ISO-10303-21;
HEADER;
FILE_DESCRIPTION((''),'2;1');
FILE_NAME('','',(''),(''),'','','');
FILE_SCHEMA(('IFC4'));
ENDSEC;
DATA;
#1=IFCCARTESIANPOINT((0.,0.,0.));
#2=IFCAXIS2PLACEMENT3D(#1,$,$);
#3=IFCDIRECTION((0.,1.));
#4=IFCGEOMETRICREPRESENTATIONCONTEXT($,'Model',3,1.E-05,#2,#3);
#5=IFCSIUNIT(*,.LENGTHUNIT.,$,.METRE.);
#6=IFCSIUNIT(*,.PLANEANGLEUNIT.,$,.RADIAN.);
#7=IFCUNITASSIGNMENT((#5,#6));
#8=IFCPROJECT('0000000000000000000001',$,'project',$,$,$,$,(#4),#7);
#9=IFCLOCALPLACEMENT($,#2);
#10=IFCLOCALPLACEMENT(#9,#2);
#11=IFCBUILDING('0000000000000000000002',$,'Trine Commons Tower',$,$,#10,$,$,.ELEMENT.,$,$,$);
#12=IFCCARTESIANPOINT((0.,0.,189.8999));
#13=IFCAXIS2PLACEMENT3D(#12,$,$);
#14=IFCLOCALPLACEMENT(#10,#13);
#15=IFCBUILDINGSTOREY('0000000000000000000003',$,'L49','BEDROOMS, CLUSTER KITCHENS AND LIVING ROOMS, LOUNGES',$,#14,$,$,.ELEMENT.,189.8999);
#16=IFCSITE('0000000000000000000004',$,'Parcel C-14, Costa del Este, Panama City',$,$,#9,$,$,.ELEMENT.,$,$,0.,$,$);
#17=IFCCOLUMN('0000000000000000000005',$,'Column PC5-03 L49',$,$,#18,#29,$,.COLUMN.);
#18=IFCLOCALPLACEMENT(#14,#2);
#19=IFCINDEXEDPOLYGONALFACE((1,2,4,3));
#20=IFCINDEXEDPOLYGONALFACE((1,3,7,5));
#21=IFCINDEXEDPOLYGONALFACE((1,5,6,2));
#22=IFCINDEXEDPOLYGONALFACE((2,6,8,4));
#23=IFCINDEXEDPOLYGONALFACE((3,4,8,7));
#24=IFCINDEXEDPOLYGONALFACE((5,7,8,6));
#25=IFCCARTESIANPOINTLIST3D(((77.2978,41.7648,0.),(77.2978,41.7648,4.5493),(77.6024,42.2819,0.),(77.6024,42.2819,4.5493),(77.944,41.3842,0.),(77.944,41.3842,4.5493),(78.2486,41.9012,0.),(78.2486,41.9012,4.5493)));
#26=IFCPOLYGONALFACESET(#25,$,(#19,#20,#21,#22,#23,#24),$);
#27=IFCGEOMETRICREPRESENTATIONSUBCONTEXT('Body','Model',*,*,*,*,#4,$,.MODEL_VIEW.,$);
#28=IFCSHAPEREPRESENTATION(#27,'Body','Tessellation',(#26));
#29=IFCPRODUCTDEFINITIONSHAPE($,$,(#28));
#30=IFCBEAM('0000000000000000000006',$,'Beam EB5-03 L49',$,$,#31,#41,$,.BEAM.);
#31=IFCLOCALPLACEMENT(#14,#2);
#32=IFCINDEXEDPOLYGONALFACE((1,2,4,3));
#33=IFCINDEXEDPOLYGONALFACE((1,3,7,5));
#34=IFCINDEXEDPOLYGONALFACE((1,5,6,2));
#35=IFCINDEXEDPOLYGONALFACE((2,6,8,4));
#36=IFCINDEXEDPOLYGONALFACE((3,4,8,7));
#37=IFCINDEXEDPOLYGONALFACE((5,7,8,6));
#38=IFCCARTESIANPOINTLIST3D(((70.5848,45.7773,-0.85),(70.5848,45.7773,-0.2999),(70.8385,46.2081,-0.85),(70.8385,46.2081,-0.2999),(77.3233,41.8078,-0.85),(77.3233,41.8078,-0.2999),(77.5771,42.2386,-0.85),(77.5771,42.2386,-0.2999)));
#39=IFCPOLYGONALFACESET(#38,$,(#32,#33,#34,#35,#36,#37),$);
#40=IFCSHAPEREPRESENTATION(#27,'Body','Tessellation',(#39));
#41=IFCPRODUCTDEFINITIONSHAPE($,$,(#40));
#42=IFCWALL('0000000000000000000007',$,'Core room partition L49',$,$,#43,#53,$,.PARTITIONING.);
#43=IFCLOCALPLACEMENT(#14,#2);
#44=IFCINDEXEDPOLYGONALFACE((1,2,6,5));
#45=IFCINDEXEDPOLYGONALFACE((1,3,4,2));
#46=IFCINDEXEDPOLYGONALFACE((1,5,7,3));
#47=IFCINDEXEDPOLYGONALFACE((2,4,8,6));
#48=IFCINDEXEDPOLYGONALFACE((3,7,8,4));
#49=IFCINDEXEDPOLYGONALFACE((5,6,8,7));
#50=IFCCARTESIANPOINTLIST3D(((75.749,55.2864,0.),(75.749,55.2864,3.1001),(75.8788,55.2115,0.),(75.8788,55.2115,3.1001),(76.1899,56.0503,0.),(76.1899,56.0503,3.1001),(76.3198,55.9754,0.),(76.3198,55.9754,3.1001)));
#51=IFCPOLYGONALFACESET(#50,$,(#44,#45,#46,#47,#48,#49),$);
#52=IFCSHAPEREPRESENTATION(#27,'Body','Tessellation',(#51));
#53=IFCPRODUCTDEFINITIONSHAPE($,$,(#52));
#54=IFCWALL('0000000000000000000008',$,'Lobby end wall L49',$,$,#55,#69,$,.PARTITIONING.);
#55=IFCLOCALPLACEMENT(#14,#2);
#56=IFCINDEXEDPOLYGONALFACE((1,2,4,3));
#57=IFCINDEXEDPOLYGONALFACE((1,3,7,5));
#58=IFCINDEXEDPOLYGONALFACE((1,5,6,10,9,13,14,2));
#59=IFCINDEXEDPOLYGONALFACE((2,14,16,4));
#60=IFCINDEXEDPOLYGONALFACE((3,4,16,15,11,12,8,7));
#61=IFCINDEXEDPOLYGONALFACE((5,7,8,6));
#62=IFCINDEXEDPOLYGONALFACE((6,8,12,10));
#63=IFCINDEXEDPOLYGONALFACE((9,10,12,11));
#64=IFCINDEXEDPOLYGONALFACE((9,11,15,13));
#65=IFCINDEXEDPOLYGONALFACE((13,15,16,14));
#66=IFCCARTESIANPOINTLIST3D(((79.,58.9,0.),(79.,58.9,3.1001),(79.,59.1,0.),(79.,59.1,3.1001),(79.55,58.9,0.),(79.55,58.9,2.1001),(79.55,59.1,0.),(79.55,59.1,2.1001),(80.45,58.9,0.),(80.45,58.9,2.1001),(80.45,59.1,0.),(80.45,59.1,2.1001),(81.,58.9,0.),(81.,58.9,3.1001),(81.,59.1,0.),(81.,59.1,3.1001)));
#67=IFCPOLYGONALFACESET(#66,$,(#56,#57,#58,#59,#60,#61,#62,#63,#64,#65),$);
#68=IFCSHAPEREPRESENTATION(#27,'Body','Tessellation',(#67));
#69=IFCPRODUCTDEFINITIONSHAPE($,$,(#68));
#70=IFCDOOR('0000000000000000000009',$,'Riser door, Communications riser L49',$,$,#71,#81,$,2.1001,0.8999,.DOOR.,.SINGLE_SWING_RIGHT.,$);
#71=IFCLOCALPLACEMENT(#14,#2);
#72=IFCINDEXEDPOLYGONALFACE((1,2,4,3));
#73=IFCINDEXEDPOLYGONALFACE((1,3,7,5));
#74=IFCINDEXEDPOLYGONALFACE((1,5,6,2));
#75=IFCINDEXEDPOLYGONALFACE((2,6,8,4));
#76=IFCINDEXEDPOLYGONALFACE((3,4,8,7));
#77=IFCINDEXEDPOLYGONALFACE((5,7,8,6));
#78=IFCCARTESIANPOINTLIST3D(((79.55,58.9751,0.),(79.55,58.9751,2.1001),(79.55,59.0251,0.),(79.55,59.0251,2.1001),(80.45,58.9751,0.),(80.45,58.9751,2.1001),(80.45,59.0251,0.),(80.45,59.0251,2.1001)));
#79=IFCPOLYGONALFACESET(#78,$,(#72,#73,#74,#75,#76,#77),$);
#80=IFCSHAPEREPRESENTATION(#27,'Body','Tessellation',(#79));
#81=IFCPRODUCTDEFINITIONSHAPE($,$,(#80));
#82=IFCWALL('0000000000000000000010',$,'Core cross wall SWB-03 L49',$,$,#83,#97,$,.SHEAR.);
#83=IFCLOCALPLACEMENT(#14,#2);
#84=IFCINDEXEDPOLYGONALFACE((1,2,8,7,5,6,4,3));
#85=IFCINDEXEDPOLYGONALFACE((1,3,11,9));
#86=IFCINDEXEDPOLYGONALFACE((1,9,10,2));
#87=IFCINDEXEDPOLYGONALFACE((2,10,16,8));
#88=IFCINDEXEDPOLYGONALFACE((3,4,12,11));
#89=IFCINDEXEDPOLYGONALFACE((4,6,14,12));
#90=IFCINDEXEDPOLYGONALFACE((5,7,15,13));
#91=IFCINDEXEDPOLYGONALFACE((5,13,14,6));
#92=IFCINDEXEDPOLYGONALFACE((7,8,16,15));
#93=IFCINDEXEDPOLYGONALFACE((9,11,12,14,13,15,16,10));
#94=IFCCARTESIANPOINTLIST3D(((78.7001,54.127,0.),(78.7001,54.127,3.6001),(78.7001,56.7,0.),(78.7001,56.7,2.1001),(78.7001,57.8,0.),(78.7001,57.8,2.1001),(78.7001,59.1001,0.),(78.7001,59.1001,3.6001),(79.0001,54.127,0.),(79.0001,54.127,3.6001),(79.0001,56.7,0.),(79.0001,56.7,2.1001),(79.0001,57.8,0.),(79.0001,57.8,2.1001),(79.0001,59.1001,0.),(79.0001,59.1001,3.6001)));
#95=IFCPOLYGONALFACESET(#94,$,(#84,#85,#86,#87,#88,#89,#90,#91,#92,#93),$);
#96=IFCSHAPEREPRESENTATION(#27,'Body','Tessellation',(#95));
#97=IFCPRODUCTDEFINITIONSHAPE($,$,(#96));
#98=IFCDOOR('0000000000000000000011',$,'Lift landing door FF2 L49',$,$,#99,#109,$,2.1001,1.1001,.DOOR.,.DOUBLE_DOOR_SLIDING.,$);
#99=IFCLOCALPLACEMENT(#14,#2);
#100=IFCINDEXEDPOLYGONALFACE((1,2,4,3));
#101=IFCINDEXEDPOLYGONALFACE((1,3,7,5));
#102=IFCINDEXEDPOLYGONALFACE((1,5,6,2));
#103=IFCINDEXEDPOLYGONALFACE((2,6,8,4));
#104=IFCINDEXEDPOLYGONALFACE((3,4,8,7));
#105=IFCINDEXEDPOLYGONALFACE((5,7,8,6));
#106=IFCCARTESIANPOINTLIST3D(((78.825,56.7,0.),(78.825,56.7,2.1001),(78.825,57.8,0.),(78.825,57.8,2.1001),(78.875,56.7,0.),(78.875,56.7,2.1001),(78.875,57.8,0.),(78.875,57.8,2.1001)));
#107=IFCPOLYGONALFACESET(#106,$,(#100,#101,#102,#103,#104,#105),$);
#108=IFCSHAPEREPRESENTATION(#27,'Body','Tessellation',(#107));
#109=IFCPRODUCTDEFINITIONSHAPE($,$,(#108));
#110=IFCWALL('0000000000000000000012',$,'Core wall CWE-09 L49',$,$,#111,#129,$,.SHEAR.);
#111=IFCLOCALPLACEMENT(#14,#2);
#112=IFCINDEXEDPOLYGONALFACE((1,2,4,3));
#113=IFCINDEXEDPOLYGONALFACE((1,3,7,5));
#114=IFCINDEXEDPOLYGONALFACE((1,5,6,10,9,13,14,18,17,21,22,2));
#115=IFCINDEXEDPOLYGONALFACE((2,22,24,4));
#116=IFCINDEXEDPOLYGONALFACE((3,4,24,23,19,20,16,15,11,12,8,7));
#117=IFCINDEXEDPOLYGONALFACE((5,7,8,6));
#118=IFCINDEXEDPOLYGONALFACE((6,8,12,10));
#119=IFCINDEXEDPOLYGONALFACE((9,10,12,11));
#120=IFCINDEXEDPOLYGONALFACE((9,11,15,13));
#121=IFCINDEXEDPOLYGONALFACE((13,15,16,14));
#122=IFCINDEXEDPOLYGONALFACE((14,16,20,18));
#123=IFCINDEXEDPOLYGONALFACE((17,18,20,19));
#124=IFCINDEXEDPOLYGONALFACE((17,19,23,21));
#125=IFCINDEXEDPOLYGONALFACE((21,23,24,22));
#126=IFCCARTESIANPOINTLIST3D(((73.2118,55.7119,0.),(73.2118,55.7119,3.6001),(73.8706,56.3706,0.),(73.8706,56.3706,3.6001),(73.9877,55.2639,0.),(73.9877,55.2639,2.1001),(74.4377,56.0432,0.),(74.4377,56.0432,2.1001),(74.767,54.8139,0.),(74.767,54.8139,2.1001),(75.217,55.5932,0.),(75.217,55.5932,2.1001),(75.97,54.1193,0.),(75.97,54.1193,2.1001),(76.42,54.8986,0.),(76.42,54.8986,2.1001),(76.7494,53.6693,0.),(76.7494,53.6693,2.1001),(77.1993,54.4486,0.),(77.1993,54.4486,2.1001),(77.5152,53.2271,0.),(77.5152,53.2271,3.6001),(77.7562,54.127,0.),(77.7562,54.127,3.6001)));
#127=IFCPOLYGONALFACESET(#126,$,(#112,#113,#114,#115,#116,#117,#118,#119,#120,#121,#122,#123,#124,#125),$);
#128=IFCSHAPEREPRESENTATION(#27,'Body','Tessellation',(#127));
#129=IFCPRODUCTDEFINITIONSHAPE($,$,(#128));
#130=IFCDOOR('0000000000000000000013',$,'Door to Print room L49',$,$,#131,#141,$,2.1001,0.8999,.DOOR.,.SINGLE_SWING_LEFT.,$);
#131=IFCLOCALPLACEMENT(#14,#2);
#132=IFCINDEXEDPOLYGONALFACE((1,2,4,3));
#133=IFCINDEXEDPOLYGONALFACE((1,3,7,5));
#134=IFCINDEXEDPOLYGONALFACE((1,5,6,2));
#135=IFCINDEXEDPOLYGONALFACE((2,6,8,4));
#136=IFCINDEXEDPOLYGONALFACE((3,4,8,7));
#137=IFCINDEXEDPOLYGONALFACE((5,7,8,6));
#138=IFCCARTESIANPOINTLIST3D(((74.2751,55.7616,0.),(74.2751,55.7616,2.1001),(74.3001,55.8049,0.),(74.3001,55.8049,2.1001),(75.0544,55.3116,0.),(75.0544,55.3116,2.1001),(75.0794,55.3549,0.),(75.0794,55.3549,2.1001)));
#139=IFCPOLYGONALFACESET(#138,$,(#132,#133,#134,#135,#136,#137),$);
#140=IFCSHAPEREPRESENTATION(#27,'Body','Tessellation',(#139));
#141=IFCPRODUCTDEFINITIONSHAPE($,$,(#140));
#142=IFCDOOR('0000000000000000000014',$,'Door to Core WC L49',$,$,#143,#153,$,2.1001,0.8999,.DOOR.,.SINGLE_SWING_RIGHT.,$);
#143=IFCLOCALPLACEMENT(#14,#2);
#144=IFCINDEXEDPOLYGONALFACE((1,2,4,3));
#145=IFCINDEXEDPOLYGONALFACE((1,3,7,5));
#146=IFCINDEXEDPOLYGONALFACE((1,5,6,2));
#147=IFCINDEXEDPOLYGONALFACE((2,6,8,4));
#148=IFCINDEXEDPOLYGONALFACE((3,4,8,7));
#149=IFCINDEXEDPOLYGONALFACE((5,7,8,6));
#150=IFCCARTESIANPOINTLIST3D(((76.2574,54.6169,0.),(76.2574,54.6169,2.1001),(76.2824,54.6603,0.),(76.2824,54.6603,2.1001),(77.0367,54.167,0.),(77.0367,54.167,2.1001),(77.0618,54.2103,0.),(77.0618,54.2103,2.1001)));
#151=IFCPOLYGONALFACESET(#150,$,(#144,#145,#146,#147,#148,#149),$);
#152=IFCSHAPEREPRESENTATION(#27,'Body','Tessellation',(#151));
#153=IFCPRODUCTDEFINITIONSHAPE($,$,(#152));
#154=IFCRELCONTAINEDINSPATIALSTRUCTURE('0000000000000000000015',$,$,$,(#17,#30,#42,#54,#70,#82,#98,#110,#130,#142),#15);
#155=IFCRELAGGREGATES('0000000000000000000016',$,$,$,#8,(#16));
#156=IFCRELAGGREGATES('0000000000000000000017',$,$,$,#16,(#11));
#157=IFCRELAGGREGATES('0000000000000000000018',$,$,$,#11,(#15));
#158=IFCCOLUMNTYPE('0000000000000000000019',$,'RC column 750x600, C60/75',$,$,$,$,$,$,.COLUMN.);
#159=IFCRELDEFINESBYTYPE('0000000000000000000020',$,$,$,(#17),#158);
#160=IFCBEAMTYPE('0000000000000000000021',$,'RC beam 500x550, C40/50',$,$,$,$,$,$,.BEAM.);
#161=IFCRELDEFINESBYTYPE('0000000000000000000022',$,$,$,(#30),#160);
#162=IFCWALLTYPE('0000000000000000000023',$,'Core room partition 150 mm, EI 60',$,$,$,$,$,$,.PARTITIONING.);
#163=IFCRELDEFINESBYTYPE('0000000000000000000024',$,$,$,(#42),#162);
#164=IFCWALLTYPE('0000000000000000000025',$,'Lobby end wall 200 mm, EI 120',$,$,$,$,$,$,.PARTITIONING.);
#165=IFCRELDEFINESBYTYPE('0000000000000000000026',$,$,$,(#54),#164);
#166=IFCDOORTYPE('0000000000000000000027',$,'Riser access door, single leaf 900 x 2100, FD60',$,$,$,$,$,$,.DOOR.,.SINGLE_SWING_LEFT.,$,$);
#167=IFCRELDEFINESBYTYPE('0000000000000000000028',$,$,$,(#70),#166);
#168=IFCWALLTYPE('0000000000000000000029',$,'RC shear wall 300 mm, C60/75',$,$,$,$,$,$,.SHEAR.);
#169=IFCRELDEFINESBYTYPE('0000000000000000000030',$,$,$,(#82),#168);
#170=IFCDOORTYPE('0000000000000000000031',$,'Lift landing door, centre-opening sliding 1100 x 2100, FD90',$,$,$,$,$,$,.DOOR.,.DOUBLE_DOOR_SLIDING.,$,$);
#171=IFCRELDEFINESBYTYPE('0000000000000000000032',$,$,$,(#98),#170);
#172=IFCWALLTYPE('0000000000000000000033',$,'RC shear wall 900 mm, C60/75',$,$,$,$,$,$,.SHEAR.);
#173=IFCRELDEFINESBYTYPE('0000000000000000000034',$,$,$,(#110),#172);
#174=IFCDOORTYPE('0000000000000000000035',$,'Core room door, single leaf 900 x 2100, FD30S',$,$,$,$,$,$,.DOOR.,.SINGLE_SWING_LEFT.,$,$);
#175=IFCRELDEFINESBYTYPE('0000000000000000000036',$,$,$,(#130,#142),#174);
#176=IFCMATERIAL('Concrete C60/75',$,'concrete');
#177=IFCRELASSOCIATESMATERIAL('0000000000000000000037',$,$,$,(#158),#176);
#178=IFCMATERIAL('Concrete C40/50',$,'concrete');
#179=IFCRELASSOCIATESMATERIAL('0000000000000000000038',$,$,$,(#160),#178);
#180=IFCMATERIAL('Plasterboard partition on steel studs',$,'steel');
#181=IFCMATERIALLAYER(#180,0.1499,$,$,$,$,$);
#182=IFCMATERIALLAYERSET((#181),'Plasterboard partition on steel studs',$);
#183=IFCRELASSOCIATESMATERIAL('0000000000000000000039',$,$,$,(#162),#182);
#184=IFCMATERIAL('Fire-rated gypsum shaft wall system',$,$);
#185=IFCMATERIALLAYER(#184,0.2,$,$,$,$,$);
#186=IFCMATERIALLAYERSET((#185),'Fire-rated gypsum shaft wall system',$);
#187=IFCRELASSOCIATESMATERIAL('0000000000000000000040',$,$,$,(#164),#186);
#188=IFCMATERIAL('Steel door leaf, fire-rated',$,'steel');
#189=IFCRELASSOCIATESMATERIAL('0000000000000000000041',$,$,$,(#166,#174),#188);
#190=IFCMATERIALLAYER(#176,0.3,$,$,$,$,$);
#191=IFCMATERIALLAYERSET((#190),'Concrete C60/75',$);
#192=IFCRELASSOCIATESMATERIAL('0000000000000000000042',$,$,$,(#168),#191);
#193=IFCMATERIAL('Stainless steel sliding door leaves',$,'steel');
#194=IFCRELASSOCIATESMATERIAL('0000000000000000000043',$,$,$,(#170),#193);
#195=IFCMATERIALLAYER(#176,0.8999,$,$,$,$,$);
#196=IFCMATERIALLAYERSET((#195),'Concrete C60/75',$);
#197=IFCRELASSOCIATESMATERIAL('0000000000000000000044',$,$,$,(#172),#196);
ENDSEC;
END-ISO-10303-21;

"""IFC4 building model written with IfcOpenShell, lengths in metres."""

from ifc_helpers import new_model, si_unit, direction, frame, frame_2d, origin, origin_2d, place, context, subcontext, project, spatial, polyline, rectangle, outline, extrude, material, layer, layer_set, material_profile, profile_set, type_object, element, fill, save


model = new_model("IFC4")

# Units and contexts
model_context = context("Model", 3, precision=1e-05, world=origin(), true_north=direction((0.0, 1.0)))
body_context = subcontext(model_context, "Body", "Model", "MODEL_VIEW")
ifc_project = project(units=[si_unit("LENGTHUNIT", "METRE"), si_unit("PLANEANGLEUNIT", "RADIAN")], contexts=[model_context])

# Site, building, storey
site_placement = place(None, origin())
site = spatial("IfcSite", under=ifc_project, at=site_placement, Name="Parcel C-14, Costa del Este, Panama City", CompositionType="ELEMENT", RefElevation=0.0)
building_placement = place(site_placement, origin())
building = spatial("IfcBuilding", under=site, at=building_placement, Name="Trine Commons Tower", CompositionType="ELEMENT")
storey_placement = place(building_placement, frame((0.0, 0.0, 189.8999)))
storey = spatial("IfcBuildingStorey", under=building, at=storey_placement, Name="L49", Description="BEDROOMS, CLUSTER KITCHENS AND LIVING ROOMS, LOUNGES", CompositionType="ELEMENT", Elevation=189.8999)

# Column
ifc_material_1 = material(Name="Concrete C60/75", Category="concrete")
ifc_material_profile_1 = material_profile(ifc_material_1, rectangle(XDim=0.75, YDim=0.6001, at=origin_2d()), Name="RC 750x600")
ifc_profile_set_1 = profile_set([ifc_material_profile_1], Name="Concrete C60/75")
column_type = type_object("IfcColumnType", Name="RC column 750x600, C60/75", PredefinedType="COLUMN", material=ifc_profile_set_1)
column_placement = place(storey_placement, frame((77.7732, 41.833, 0.0), z_axis=(0.0, 0.0, 1.0), x_axis=(-0.861629, 0.507538, 0.0)))
element("IfcColumn", 1, at=column_placement, inside=storey, type_object=column_type, Name="Column PC5-03 L49", PredefinedType="COLUMN", context=body_context, shape_type="SweptSolid", body=[
    extrude(rectangle(XDim=0.75, YDim=0.6001, at=origin_2d()), origin(), (0.0, 0.0, 1.0), 4.5493),
])

# Beam
ifc_material_2 = material(Name="Concrete C40/50", Category="concrete")
ifc_material_profile_2 = material_profile(ifc_material_2, rectangle(XDim=0.5, YDim=0.55, at=origin_2d()), Name="RC 500x550")
ifc_profile_set_2 = profile_set([ifc_material_profile_2], Name="Concrete C40/50")
beam_type = type_object("IfcBeamType", Name="RC beam 500x550, C40/50", PredefinedType="BEAM", material=ifc_profile_set_2)
beam_placement = place(storey_placement, frame((77.4502, 42.0232, -0.575), z_axis=(-0.861619, 0.507556, 0.0), x_axis=(-0.507556, -0.861619, 0.0)))
element("IfcBeam", 2, at=beam_placement, inside=storey, type_object=beam_type, Name="Beam EB5-03 L49", PredefinedType="BEAM", context=body_context, shape_type="SweptSolid", body=[
    extrude(rectangle(XDim=0.5, YDim=0.55, at=origin_2d()), origin(), (0.0, 0.0, 1.0), 7.8208),
])

# Wall
ifc_material_3 = material(Name="Plasterboard partition on steel studs", Category="steel")
ifc_layer_1 = layer(ifc_material_3, 0.1499)
ifc_layer_set_1 = layer_set([ifc_layer_1], Name="Plasterboard partition on steel studs")
wall_type_1 = type_object("IfcWallType", Name="Core room partition 150 mm, EI 60", PredefinedType="PARTITIONING", material=ifc_layer_set_1)
wall_1_placement = place(storey_placement, frame((75.814, 55.249, 0.0), z_axis=(0.0, 0.0, 1.0), x_axis=(0.49989, 0.866089, 0.0)))
element("IfcWall", 3, at=wall_1_placement, inside=storey, type_object=wall_type_1, Name="Core room partition L49", PredefinedType="PARTITIONING", context=body_context, shape_type="SweptSolid", body=[
    extrude(rectangle(XDim=0.8821, YDim=0.1499, at=frame_2d((0.4409, 0.0))), origin(), (0.0, 0.0, 1.0), 3.1001),
])

# Walls, openings, doors
ifc_material_4 = material(Name="Fire-rated gypsum shaft wall system")
ifc_layer_2 = layer(ifc_material_4, 0.2)
ifc_layer_set_2 = layer_set([ifc_layer_2], Name="Fire-rated gypsum shaft wall system")
wall_type_2 = type_object("IfcWallType", Name="Lobby end wall 200 mm, EI 120", PredefinedType="PARTITIONING", material=ifc_layer_set_2)
wall_2_placement = place(storey_placement, frame((79.0, 59.0, 0.0), z_axis=(0.0, 0.0, 1.0), x_axis=(1.0, 0.0, 0.0)))
wall_2 = element("IfcWall", 4, at=wall_2_placement, inside=storey, type_object=wall_type_2, Name="Lobby end wall L49", PredefinedType="PARTITIONING", context=body_context, shape_type="SweptSolid", body=[
    extrude(rectangle(XDim=2.0, YDim=0.2, at=frame_2d((1.0, 0.0))), origin(), (0.0, 0.0, 1.0), 3.1001),
])
opening_1_placement = place(wall_2_placement, frame((0.55, 0.0, 0.0)))
opening_1 = element("IfcOpeningElement", 5, at=opening_1_placement, cuts=wall_2, PredefinedType="OPENING", context=body_context, shape_type="SweptSolid", body=[
    extrude(rectangle(XDim=0.8999, YDim=2.1001, at=frame_2d((0.45, 1.05))), frame((0.0, 0.1099, 0.0), z_axis=(0.0, -1.0, 0.0), x_axis=(1.0, 0.0, 0.0)), (0.0, 0.0, 1.0), 0.22),
])
ifc_material_5 = material(Name="Steel door leaf, fire-rated", Category="steel")
door_type_1 = type_object("IfcDoorType", Name="Riser access door, single leaf 900 x 2100, FD60", OperationType="SINGLE_SWING_LEFT", PredefinedType="DOOR", material=ifc_material_5)
door_1_placement = place(opening_1_placement, frame((0.8999, 0.0, 0.0), z_axis=(0.0, 0.0, 1.0), x_axis=(-1.0, 0.0, 0.0)))
door_1 = element("IfcDoor", 6, at=door_1_placement, inside=storey, type_object=door_type_1, Name="Riser door, Communications riser L49", OperationType="SINGLE_SWING_RIGHT", OverallHeight=2.1001, OverallWidth=0.8999, PredefinedType="DOOR", context=body_context, shape_type="SweptSolid", body=[
    extrude(rectangle(XDim=0.8999, YDim=2.1001, at=frame_2d((0.45, 1.05))), frame((0.0, 0.0249, 0.0), z_axis=(0.0, -1.0, 0.0), x_axis=(1.0, 0.0, 0.0)), (0.0, 0.0, 1.0), 0.05),
])
fill(opening_1, door_1)
ifc_layer_3 = layer(ifc_material_1, 0.3)
ifc_layer_set_3 = layer_set([ifc_layer_3], Name="Concrete C60/75")
wall_type_3 = type_object("IfcWallType", Name="RC shear wall 300 mm, C60/75", PredefinedType="SHEAR", material=ifc_layer_set_3)
wall_3_placement = place(storey_placement, frame((78.8501, 59.1001, 0.0), z_axis=(0.0, 0.0, 1.0), x_axis=(0.0, -1.0, 0.0)))
wall_3 = element("IfcWall", 7, at=wall_3_placement, inside=storey, type_object=wall_type_3, Name="Core cross wall SWB-03 L49", PredefinedType="SHEAR", context=body_context, shape_type="SweptSolid", body=[
    extrude(rectangle(XDim=4.9731, YDim=0.3, at=frame_2d((2.4866, 0.0))), origin(), (0.0, 0.0, 1.0), 3.6001),
])
opening_2_placement = place(wall_3_placement, frame((1.3, 0.0, 0.0)))
opening_2 = element("IfcOpeningElement", 8, at=opening_2_placement, cuts=wall_3, PredefinedType="OPENING", context=body_context, shape_type="SweptSolid", body=[
    extrude(rectangle(XDim=1.1001, YDim=2.1001, at=frame_2d((0.55, 1.05))), frame((0.0, 0.1599, 0.0), z_axis=(0.0, -1.0, 0.0), x_axis=(1.0, 0.0, 0.0)), (0.0, 0.0, 1.0), 0.3201),
])
ifc_material_6 = material(Name="Stainless steel sliding door leaves", Category="steel")
door_type_2 = type_object("IfcDoorType", Name="Lift landing door, centre-opening sliding 1100 x 2100, FD90", OperationType="DOUBLE_DOOR_SLIDING", PredefinedType="DOOR", material=ifc_material_6)
door_2_placement = place(opening_2_placement, origin())
door_2 = element("IfcDoor", 9, at=door_2_placement, inside=storey, type_object=door_type_2, Name="Lift landing door FF2 L49", OperationType="DOUBLE_DOOR_SLIDING", OverallHeight=2.1001, OverallWidth=1.1001, PredefinedType="DOOR", context=body_context, shape_type="SweptSolid", body=[
    extrude(rectangle(XDim=1.1001, YDim=2.1001, at=frame_2d((0.55, 1.05))), frame((0.0, 0.0249, 0.0), z_axis=(0.0, -1.0, 0.0), x_axis=(1.0, 0.0, 0.0)), (0.0, 0.0, 1.0), 0.05),
])
fill(opening_2, door_2)

# Wall, openings, doors
ifc_layer_4 = layer(ifc_material_1, 0.8999)
ifc_layer_set_4 = layer_set([ifc_layer_4], Name="Concrete C60/75")
wall_type_4 = type_object("IfcWallType", Name="RC shear wall 900 mm, C60/75", PredefinedType="SHEAR", material=ifc_layer_set_4)
wall_4_placement = place(storey_placement, frame((73.4368, 56.1016, 0.0), z_axis=(0.0, 0.0, 1.0), x_axis=(0.866003, -0.500039, 0.0)))
wall_4 = element("IfcWall", 10, at=wall_4_placement, inside=storey, type_object=wall_type_4, Name="Core wall CWE-09 L49", PredefinedType="SHEAR", context=body_context, shape_type="SweptSolid", body=[
    extrude(outline(polyline([(0.0, -0.45), (4.9692, -0.45), (4.728, 0.45), (0.2412, 0.45), (0.0, -0.45)])), origin(), (0.0, 0.0, 1.0), 3.6001),
])
opening_3_placement = place(wall_4_placement, frame((0.896, 0.0, 0.0)))
opening_3 = element("IfcOpeningElement", 11, at=opening_3_placement, cuts=wall_4, PredefinedType="OPENING", context=body_context, shape_type="SweptSolid", body=[
    extrude(rectangle(XDim=0.8999, YDim=2.1001, at=frame_2d((0.45, 1.05))), frame((0.0, 0.46, 0.0), z_axis=(0.0, -1.0, 0.0), x_axis=(1.0, 0.0, 0.0)), (0.0, 0.0, 1.0), 0.9199),
])
opening_4_placement = place(wall_4_placement, frame((3.1851, 0.0, 0.0)))
opening_4 = element("IfcOpeningElement", 12, at=opening_4_placement, cuts=wall_4, PredefinedType="OPENING", context=body_context, shape_type="SweptSolid", body=[
    extrude(rectangle(XDim=0.8999, YDim=2.1001, at=frame_2d((0.45, 1.05))), frame((0.0, 0.46, 0.0), z_axis=(0.0, -1.0, 0.0), x_axis=(1.0, 0.0, 0.0)), (0.0, 0.0, 1.0), 0.9199),
])
door_type_3 = type_object("IfcDoorType", Name="Core room door, single leaf 900 x 2100, FD30S", OperationType="SINGLE_SWING_LEFT", PredefinedType="DOOR", material=ifc_material_5)
door_3_placement = place(opening_3_placement, origin())
door_3 = element("IfcDoor", 13, at=door_3_placement, inside=storey, type_object=door_type_3, Name="Door to Print room L49", OperationType="SINGLE_SWING_LEFT", OverallHeight=2.1001, OverallWidth=0.8999, PredefinedType="DOOR", context=body_context, shape_type="SweptSolid", body=[
    extrude(rectangle(XDim=0.8999, YDim=2.1001, at=frame_2d((0.45, 1.05))), frame((0.0, 0.1748, 0.0), z_axis=(0.0, -1.0, 0.0), x_axis=(1.0, 0.0, 0.0)), (0.0, 0.0, 1.0), 0.05),
])
fill(opening_3, door_3)
door_4_placement = place(opening_4_placement, origin())
door_4 = element("IfcDoor", 14, at=door_4_placement, inside=storey, type_object=door_type_3, Name="Door to Core WC L49", OperationType="SINGLE_SWING_RIGHT", OverallHeight=2.1001, OverallWidth=0.8999, PredefinedType="DOOR", context=body_context, shape_type="SweptSolid", body=[
    extrude(rectangle(XDim=0.8999, YDim=2.1001, at=frame_2d((0.45, 1.05))), frame((0.0, 0.1748, 0.0), z_axis=(0.0, -1.0, 0.0), x_axis=(1.0, 0.0, 0.0)), (0.0, 0.0, 1.0), 0.05),
])
fill(opening_4, door_4)

save(model, "model.ifc")
